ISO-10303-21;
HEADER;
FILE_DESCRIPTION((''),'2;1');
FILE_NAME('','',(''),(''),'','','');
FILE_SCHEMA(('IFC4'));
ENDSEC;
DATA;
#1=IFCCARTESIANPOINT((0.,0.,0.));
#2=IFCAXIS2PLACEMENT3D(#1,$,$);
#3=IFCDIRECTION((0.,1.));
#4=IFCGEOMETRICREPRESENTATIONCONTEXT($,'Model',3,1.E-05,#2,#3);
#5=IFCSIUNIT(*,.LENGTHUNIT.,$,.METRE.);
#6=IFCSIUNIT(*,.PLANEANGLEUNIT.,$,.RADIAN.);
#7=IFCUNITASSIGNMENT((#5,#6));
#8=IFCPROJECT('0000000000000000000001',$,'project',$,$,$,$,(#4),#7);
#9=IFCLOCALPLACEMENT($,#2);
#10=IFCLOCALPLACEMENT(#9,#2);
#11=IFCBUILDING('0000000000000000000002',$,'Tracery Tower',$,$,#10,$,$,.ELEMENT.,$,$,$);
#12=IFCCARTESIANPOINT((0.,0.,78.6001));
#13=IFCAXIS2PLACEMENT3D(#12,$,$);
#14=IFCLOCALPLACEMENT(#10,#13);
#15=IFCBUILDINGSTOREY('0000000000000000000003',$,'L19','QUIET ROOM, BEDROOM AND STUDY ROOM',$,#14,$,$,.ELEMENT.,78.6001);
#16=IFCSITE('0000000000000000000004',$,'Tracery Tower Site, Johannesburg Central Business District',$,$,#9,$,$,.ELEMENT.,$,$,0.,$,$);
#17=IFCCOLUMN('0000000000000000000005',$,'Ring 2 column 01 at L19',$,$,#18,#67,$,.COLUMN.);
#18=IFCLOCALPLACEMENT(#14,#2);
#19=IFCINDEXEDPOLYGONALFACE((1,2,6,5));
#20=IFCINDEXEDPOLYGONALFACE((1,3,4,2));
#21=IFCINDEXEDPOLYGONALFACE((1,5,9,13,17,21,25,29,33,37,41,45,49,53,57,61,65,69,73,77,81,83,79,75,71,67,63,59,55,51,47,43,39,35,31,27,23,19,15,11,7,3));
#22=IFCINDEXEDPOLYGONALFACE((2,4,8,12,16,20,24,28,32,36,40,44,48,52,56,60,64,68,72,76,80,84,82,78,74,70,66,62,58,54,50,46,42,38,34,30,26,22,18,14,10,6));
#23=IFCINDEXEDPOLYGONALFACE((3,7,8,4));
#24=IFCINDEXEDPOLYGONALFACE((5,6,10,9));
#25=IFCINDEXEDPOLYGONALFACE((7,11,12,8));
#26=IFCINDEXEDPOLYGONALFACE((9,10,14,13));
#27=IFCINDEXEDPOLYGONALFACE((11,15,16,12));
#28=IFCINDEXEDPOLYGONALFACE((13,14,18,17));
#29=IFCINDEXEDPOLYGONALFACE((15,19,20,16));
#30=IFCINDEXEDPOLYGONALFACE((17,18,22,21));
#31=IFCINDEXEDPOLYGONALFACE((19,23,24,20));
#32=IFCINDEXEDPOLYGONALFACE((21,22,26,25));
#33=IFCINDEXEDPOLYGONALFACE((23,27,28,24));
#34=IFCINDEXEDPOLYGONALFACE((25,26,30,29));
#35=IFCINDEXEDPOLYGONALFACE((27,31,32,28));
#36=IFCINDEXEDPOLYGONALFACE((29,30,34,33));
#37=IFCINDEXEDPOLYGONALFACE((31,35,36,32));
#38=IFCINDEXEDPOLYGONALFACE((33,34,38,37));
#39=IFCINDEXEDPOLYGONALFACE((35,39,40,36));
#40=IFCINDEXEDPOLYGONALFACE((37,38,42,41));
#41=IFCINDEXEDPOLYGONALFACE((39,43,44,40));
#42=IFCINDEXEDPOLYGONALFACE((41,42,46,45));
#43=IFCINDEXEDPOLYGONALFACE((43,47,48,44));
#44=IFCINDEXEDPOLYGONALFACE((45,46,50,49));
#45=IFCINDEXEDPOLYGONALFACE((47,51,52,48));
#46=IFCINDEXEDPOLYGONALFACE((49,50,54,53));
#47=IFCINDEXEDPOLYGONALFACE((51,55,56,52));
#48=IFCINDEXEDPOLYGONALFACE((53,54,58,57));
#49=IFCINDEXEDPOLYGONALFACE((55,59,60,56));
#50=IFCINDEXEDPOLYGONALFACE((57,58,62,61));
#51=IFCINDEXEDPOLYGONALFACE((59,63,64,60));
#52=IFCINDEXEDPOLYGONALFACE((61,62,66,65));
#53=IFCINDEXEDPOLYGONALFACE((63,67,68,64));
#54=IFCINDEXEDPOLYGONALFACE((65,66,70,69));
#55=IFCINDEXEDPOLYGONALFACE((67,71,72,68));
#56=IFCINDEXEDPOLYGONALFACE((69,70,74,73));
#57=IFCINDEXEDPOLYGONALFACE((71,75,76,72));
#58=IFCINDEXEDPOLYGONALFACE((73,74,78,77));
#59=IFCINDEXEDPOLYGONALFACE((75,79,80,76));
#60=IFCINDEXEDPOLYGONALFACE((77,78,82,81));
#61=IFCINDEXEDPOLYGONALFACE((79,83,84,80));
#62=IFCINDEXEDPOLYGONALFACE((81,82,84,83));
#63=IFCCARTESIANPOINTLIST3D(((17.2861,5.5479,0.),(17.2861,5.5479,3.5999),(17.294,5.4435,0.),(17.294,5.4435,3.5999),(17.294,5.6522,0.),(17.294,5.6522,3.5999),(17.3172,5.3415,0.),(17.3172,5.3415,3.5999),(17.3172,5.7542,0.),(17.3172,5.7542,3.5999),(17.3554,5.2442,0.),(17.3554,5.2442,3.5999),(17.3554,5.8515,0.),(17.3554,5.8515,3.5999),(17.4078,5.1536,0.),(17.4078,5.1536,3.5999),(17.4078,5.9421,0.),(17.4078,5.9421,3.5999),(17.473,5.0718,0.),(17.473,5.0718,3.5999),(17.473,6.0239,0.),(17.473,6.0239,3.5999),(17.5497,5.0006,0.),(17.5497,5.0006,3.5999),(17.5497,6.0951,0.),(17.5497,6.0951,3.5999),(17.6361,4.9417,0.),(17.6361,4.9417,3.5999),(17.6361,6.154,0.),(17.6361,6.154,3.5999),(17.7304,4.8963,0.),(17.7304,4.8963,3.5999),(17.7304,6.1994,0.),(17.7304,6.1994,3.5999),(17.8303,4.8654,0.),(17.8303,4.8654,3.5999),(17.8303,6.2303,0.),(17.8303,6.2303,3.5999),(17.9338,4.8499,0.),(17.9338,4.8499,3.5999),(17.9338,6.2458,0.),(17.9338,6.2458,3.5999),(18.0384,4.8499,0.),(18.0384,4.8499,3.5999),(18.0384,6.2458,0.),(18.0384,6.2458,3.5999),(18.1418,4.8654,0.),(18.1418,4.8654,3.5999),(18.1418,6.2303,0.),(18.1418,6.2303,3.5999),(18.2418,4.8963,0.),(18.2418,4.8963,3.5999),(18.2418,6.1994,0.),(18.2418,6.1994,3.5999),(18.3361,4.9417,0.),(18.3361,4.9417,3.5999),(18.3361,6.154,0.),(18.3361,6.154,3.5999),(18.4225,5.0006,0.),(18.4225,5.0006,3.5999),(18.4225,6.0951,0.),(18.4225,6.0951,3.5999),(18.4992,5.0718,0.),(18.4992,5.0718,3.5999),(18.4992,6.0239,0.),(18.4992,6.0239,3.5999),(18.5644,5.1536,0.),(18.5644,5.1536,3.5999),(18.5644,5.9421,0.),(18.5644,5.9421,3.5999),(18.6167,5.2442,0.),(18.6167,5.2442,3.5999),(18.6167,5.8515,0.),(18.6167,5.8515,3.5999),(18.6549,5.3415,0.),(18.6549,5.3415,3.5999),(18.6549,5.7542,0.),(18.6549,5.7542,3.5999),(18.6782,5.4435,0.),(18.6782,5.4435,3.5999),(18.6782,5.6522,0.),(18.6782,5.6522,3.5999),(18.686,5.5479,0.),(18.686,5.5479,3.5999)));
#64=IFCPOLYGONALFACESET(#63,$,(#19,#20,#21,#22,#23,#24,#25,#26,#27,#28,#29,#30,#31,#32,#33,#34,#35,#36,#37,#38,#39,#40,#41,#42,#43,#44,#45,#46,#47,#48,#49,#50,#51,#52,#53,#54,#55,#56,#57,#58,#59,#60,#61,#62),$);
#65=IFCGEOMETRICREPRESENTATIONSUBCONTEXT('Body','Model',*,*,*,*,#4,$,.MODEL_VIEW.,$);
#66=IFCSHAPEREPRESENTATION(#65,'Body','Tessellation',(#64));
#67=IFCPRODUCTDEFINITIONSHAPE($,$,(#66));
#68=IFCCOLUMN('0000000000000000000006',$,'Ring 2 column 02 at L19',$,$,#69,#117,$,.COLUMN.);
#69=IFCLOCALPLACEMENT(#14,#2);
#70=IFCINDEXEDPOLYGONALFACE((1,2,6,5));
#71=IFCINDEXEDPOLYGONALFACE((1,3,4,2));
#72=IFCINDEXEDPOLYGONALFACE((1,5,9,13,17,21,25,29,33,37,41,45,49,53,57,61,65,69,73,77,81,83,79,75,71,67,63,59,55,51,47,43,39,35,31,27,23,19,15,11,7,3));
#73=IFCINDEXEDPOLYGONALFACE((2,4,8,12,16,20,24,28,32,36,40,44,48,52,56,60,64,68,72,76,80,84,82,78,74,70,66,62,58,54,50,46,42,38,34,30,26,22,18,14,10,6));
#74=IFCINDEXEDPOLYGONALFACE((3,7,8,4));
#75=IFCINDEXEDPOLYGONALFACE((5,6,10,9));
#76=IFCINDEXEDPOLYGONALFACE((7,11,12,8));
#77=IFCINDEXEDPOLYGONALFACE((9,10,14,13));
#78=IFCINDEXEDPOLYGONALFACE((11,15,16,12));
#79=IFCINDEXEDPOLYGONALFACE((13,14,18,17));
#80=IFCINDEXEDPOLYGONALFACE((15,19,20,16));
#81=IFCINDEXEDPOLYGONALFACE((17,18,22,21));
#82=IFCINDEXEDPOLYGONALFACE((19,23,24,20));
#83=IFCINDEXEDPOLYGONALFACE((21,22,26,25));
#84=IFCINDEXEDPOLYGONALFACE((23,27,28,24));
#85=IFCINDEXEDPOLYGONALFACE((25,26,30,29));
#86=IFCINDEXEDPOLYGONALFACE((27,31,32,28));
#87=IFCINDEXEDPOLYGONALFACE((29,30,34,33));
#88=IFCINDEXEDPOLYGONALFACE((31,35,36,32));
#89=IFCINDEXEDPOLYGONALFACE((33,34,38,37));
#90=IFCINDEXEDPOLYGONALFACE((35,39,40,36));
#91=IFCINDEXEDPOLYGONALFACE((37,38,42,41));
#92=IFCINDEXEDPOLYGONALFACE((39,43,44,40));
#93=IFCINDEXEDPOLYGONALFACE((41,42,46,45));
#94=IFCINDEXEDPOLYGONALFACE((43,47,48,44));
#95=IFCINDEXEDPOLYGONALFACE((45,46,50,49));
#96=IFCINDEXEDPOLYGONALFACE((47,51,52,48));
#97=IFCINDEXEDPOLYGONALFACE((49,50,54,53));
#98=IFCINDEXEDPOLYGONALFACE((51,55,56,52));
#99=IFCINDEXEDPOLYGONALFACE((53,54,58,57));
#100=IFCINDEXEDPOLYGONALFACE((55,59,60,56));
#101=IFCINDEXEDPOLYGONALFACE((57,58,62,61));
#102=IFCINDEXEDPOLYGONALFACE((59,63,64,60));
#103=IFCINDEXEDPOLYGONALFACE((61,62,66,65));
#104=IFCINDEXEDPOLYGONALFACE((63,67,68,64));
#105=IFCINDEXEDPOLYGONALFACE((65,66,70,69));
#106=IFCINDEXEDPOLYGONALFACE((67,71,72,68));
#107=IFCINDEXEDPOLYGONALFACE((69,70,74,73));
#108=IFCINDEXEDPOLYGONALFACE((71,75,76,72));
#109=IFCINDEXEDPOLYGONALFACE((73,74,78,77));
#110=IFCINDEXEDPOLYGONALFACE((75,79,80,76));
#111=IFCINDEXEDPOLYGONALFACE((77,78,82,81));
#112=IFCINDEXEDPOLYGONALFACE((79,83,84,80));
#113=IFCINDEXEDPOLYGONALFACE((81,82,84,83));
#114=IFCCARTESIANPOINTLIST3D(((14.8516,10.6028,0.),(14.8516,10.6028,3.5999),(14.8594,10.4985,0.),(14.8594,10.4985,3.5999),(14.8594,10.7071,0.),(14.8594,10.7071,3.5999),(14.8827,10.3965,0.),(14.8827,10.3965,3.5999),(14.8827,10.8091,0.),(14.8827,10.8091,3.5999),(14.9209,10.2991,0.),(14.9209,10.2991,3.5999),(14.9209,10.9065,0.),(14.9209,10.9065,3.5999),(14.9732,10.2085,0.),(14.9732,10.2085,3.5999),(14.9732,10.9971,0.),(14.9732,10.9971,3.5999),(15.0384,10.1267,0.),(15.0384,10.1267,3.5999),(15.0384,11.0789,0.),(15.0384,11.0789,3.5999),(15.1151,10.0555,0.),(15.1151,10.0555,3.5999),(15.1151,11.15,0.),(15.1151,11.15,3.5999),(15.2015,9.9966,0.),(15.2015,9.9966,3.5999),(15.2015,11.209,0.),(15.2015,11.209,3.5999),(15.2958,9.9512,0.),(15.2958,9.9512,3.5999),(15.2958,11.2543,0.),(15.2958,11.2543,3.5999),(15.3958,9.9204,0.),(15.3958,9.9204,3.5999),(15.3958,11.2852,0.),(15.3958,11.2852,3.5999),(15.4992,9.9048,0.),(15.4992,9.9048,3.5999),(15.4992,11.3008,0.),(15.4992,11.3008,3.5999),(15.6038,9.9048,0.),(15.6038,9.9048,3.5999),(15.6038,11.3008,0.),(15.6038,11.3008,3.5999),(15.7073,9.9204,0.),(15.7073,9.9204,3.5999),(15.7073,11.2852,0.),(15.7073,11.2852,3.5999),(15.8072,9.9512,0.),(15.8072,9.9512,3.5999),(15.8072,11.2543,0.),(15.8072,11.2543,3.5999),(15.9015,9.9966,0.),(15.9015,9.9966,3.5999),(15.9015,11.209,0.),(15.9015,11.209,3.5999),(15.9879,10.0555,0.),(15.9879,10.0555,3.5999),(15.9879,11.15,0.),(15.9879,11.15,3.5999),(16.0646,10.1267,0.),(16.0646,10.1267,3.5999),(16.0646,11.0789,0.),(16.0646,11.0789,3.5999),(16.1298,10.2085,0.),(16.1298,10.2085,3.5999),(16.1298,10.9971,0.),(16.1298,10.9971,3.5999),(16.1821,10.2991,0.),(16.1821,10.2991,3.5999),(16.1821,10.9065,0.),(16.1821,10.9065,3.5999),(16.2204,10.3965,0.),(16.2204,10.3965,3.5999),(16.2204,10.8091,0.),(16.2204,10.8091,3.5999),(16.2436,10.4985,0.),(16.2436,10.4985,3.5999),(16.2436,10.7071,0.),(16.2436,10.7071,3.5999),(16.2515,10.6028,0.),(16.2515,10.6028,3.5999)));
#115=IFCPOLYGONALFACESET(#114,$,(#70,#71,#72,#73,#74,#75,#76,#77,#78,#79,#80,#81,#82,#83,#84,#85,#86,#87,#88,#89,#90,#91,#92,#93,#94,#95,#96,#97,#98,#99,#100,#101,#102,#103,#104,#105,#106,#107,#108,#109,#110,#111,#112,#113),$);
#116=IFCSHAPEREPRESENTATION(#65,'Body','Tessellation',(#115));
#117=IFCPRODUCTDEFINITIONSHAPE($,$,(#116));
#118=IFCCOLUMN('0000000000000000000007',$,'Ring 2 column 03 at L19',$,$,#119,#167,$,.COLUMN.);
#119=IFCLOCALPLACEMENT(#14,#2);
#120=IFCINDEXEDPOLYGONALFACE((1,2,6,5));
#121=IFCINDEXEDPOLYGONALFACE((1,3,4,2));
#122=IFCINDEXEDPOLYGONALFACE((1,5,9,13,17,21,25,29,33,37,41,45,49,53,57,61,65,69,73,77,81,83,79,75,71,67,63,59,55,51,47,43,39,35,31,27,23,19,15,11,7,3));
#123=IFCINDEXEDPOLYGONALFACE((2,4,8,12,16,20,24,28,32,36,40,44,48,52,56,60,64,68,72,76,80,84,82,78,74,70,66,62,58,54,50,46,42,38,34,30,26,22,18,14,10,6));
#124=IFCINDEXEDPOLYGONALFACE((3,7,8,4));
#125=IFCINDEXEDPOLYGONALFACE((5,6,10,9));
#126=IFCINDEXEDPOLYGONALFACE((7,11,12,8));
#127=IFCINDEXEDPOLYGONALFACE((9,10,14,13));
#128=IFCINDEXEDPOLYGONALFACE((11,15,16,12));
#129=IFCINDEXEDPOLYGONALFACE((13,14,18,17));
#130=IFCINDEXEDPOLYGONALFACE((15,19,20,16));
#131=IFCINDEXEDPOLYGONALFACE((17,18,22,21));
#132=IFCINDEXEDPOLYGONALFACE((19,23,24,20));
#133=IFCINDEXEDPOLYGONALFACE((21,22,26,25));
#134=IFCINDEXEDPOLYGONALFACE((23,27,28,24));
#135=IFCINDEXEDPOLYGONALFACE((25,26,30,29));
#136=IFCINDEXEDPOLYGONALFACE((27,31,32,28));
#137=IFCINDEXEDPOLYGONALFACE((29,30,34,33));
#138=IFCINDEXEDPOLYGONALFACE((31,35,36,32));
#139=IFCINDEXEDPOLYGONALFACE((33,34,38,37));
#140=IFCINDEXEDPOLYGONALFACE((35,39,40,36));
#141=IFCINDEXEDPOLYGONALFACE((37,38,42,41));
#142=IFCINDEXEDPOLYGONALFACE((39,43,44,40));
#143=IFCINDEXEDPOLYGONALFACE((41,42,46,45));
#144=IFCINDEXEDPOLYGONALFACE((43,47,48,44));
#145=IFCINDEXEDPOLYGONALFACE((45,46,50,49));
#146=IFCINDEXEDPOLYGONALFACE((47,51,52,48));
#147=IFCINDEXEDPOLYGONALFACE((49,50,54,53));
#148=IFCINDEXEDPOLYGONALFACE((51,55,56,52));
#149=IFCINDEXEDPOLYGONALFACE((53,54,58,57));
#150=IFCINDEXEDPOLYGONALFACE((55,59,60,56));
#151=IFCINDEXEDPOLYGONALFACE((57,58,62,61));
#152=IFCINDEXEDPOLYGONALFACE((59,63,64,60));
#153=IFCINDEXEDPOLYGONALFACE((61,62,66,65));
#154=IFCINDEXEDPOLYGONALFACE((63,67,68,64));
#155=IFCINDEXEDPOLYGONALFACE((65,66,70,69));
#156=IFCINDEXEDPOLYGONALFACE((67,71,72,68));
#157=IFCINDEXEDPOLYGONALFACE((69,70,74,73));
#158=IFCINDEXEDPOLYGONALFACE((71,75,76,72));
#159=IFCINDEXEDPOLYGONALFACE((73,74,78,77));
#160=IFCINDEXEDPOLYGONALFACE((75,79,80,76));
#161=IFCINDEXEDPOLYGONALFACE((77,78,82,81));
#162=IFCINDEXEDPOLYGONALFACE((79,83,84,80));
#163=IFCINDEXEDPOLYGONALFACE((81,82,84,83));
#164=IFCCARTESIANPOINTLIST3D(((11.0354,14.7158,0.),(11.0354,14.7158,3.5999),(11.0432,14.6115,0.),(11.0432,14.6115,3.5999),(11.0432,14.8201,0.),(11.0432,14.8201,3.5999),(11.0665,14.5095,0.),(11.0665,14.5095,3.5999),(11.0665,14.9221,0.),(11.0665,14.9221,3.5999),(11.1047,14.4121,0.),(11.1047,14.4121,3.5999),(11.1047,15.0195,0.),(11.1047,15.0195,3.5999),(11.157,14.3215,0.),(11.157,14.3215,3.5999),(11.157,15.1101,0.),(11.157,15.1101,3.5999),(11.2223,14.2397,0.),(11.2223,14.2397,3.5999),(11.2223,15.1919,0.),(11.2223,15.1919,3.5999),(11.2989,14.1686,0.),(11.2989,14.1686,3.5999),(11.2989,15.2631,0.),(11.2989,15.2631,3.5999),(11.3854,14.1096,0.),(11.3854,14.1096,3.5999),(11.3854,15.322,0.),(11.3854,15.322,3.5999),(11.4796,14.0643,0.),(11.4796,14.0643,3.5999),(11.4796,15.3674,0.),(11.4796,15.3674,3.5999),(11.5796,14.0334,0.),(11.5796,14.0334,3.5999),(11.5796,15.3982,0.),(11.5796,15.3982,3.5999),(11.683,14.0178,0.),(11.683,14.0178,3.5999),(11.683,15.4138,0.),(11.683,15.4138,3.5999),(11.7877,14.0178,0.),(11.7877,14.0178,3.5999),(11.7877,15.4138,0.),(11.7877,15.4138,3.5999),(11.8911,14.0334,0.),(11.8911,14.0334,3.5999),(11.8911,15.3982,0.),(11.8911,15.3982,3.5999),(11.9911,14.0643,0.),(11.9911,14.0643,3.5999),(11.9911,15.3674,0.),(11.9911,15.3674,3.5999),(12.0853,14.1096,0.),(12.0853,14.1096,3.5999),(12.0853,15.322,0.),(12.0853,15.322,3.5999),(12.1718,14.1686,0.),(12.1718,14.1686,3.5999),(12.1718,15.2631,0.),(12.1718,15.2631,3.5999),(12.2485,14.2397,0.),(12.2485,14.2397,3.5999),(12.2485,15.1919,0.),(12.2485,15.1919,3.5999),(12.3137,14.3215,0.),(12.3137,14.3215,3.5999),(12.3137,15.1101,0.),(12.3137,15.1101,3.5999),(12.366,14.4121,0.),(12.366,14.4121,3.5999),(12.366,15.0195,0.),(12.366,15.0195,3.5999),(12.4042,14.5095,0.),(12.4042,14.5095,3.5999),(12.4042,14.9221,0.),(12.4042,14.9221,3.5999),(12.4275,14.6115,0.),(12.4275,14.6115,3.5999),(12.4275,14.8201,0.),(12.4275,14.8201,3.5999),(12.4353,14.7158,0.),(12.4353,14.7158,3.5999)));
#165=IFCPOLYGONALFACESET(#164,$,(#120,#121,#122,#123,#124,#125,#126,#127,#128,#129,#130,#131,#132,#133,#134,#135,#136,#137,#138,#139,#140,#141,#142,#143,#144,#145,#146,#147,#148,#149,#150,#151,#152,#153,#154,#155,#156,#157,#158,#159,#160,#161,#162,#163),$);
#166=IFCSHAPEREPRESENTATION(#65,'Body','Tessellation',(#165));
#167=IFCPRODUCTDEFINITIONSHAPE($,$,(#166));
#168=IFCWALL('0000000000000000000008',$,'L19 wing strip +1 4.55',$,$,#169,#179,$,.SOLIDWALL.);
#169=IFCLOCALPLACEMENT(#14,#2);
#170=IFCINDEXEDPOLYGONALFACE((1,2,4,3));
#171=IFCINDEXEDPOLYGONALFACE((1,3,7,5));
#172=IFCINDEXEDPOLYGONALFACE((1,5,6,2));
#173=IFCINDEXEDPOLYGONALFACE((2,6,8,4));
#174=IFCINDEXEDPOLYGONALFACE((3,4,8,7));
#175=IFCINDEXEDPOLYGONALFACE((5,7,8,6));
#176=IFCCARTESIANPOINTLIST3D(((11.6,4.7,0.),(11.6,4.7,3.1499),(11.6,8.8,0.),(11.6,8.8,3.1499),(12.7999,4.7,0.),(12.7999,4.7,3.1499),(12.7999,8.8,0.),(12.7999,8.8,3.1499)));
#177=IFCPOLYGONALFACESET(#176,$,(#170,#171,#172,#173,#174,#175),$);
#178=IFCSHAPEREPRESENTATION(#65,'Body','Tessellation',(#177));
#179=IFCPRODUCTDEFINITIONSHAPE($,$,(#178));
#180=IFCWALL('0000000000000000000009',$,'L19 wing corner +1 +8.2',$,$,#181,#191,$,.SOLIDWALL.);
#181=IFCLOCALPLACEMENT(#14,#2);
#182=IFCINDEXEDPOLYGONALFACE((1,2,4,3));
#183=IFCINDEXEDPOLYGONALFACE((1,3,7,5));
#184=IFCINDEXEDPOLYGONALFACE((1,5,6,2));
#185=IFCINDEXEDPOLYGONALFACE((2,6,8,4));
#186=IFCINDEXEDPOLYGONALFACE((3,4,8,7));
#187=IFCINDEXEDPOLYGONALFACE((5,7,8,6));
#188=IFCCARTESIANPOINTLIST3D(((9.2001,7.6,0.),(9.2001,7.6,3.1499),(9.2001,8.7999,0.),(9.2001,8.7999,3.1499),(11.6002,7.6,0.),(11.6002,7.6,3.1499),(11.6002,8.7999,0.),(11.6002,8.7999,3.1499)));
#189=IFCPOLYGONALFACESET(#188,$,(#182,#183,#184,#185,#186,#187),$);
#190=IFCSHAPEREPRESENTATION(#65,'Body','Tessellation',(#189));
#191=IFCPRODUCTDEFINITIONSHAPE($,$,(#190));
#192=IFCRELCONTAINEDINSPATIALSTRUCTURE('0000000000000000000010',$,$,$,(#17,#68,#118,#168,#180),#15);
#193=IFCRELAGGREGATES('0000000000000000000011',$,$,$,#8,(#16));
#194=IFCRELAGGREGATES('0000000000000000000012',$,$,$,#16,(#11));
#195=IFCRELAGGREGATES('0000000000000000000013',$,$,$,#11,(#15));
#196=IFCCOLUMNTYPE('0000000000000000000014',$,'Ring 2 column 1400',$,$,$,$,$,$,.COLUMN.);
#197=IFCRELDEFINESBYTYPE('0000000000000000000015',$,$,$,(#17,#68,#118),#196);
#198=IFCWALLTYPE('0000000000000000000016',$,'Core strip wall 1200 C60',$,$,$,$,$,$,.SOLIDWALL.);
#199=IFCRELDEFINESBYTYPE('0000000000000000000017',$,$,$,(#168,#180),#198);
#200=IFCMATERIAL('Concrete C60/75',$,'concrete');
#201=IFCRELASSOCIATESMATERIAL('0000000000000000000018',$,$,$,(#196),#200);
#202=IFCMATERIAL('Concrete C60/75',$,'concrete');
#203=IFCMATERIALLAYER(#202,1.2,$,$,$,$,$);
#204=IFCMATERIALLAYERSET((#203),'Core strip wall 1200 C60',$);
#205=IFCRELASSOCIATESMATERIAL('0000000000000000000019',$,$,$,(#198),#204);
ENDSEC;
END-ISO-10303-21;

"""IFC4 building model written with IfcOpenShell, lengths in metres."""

from ifc_helpers import new_model, si_unit, direction, frame, frame_2d, origin, origin_2d, place, context, subcontext, project, spatial, rectangle, circle, extrude, material, layer, layer_set, material_profile, profile_set, type_object, element, save


model = new_model("IFC4")

# Units and contexts
model_context = context("Model", 3, precision=1e-05, world=origin(), true_north=direction((0.0, 1.0)))
body_context = subcontext(model_context, "Body", "Model", "MODEL_VIEW")
ifc_project = project(units=[si_unit("LENGTHUNIT", "METRE"), si_unit("PLANEANGLEUNIT", "RADIAN")], contexts=[model_context])

# Site, building, storey
site_placement = place(None, origin())
site = spatial("IfcSite", under=ifc_project, at=site_placement, Name="Tracery Tower Site, Johannesburg Central Business District", CompositionType="ELEMENT", RefElevation=0.0)
building_placement = place(site_placement, origin())
building = spatial("IfcBuilding", under=site, at=building_placement, Name="Tracery Tower", CompositionType="ELEMENT")
storey_placement = place(building_placement, frame((0.0, 0.0, 78.6001)))
storey = spatial("IfcBuildingStorey", under=building, at=storey_placement, Name="L19", Description="QUIET ROOM, BEDROOM AND STUDY ROOM", CompositionType="ELEMENT", Elevation=78.6001)

# Columns
ifc_material_1 = material(Name="Concrete C60/75", Category="concrete")
ifc_material_profile_1 = material_profile(ifc_material_1, circle(Radius=0.7, at=origin_2d()), Name="RC D1400")
ifc_profile_set_1 = profile_set([ifc_material_profile_1], Name="Concrete C60/75")
column_type_1 = type_object("IfcColumnType", Name="Ring 2 column 1400", PredefinedType="COLUMN", material=ifc_profile_set_1)
for number, where, z_axis, x_axis, name in (
    (1, (17.9861, 5.5479, 0.0), (0.0, 0.0, 1.0), (1.0, 0.0, 0.0), "Ring 2 column 01 at L19"),
    (2, (15.5515, 10.6028, 0.0), (0.0, 0.0, 1.0), (1.0, 0.0, 0.0), "Ring 2 column 02 at L19"),
    (3, (11.7354, 14.7158, 0.0), (0.0, 0.0, 1.0), (1.0, 0.0, 0.0), "Ring 2 column 03 at L19"),
):
    element("IfcColumn", number, at=place(storey_placement, frame(where, z_axis=z_axis, x_axis=x_axis)), inside=storey, type_object=column_type_1, Name=name, PredefinedType="COLUMN", context=body_context, shape_type="SweptSolid", body=[
        extrude(circle(Radius=0.7, at=origin_2d()), origin(), (0.0, 0.0, 1.0), 3.5999),
    ])

# Walls
ifc_material_2 = material(Name="Concrete C60/75", Category="concrete")
ifc_layer_1 = layer(ifc_material_2, 1.2)
ifc_layer_set_1 = layer_set([ifc_layer_1], Name="Core strip wall 1200 C60")
wall_type_1 = type_object("IfcWallType", Name="Core strip wall 1200 C60", PredefinedType="SOLIDWALL", material=ifc_layer_set_1)
wall_1_placement = place(storey_placement, frame((12.2, 4.7, 0.0), z_axis=(0.0, 0.0, 1.0), x_axis=(0.0, 1.0, 0.0)))
element("IfcWall", 4, at=wall_1_placement, inside=storey, type_object=wall_type_1, Name="L19 wing strip +1 4.55", PredefinedType="SOLIDWALL", context=body_context, shape_type="SweptSolid", body=[
    extrude(rectangle(XDim=4.1001, YDim=1.2, at=frame_2d((2.05, 0.0))), origin(), (0.0, 0.0, 1.0), 3.1499),
])
wall_2_placement = place(storey_placement, frame((9.2, 8.2, 0.0), z_axis=(0.0, 0.0, 1.0), x_axis=(1.0, 0.0, 0.0)))
element("IfcWall", 5, at=wall_2_placement, inside=storey, type_object=wall_type_1, Name="L19 wing corner +1 +8.2", PredefinedType="SOLIDWALL", context=body_context, shape_type="SweptSolid", body=[
    extrude(rectangle(XDim=2.4001, YDim=1.2, at=frame_2d((1.2002, 0.0))), origin(), (0.0, 0.0, 1.0), 3.1499),
])

save(model, "model.ifc")
